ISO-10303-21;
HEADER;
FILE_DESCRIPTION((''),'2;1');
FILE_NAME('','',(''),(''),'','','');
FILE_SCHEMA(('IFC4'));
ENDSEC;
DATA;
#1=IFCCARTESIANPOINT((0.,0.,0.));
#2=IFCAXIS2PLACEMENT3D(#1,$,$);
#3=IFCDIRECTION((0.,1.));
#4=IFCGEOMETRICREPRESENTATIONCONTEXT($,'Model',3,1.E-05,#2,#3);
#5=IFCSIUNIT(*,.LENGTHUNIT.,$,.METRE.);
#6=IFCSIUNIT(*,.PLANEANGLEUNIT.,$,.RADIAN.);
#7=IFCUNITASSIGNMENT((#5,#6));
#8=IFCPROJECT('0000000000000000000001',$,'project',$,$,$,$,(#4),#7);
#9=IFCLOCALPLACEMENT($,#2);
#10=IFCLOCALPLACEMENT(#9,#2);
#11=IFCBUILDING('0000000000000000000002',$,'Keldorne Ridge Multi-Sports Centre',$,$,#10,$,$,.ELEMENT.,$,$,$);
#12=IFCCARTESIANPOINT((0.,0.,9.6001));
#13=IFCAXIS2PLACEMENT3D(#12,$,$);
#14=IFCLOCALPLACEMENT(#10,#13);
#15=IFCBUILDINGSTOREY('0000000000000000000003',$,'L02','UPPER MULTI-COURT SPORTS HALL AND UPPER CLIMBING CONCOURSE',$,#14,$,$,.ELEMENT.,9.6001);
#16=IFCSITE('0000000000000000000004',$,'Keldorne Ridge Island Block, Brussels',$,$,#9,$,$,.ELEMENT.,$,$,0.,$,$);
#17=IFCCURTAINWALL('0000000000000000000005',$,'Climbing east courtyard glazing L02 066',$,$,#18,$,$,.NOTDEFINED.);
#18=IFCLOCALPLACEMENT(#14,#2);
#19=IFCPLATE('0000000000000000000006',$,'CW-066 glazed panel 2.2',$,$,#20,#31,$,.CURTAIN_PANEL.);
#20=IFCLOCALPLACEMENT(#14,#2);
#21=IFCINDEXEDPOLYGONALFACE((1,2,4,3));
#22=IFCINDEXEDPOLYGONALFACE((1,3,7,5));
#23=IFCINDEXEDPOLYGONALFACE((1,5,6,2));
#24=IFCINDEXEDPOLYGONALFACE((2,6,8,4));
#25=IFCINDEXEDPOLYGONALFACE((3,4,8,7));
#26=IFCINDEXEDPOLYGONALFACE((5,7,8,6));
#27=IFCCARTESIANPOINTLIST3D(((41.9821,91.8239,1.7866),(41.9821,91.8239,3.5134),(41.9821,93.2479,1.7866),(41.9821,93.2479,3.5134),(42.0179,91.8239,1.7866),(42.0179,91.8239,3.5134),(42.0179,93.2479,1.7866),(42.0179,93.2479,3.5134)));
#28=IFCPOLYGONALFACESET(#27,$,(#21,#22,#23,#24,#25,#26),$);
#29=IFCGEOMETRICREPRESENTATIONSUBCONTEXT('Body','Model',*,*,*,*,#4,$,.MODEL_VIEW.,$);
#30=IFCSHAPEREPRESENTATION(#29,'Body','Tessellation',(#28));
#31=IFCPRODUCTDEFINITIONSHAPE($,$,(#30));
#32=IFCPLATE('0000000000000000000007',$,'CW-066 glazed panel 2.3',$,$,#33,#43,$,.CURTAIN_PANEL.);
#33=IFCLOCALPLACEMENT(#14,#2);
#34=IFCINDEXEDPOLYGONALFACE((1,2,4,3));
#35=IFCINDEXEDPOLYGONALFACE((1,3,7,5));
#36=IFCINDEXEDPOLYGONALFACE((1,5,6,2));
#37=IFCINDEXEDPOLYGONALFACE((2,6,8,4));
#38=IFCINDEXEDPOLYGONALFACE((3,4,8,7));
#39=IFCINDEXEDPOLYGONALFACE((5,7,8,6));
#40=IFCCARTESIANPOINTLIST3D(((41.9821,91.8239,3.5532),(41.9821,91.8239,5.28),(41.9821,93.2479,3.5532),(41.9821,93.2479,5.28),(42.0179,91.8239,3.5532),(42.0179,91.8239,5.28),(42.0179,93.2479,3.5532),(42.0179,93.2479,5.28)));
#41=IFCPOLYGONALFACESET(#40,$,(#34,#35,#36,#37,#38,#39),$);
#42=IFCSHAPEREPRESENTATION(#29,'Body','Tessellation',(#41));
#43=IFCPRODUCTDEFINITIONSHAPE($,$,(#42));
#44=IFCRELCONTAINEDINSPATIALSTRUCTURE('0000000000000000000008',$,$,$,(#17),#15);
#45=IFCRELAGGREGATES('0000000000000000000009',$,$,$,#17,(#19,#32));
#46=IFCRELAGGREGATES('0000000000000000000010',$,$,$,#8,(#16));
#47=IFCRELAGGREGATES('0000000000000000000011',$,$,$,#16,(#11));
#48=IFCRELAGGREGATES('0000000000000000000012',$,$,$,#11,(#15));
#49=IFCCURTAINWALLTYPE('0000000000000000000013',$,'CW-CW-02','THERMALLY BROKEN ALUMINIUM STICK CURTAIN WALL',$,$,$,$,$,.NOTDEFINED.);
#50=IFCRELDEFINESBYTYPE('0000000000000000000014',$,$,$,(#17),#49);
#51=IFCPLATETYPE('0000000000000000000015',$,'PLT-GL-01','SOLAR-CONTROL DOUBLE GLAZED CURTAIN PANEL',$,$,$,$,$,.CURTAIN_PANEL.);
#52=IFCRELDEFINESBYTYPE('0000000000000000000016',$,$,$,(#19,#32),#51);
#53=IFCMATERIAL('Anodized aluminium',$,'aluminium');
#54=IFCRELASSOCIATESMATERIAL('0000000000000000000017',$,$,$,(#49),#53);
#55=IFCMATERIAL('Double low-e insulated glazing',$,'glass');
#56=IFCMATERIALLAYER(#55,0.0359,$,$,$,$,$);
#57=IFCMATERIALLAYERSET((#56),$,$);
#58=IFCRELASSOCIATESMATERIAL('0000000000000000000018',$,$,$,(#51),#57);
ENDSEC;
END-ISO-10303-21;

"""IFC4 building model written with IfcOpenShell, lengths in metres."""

from ifc_helpers import new_model, si_unit, direction, frame, origin, origin_2d, place, context, subcontext, project, spatial, rectangle, extrude, material, layer, layer_set, type_object, element, aggregate, save


model = new_model("IFC4")

# Units and contexts
model_context = context("Model", 3, precision=1e-05, world=origin(), true_north=direction((0.0, 1.0)))
body_context = subcontext(model_context, "Body", "Model", "MODEL_VIEW")
ifc_project = project(units=[si_unit("LENGTHUNIT", "METRE"), si_unit("PLANEANGLEUNIT", "RADIAN")], contexts=[model_context])

# Site, building, storey
site_placement = place(None, origin())
site = spatial("IfcSite", under=ifc_project, at=site_placement, Name="Keldorne Ridge Island Block, Brussels", CompositionType="ELEMENT", RefElevation=0.0)
building_placement = place(site_placement, origin())
building = spatial("IfcBuilding", under=site, at=building_placement, Name="Keldorne Ridge Multi-Sports Centre", CompositionType="ELEMENT")
storey_placement = place(building_placement, frame((0.0, 0.0, 9.6001)))
storey = spatial("IfcBuildingStorey", under=building, at=storey_placement, Name="L02", Description="UPPER MULTI-COURT SPORTS HALL AND UPPER CLIMBING CONCOURSE", CompositionType="ELEMENT", Elevation=9.6001)

# Curtain wall
ifc_material_1 = material(Name="Anodized aluminium", Category="aluminium")
curtain_wall_type = type_object("IfcCurtainWallType", Name="CW-CW-02", Description="THERMALLY BROKEN ALUMINIUM STICK CURTAIN WALL", PredefinedType="NOTDEFINED", material=ifc_material_1)
curtain_wall_placement = place(storey_placement, origin())
curtain_wall = element("IfcCurtainWall", 1, at=curtain_wall_placement, inside=storey, type_object=curtain_wall_type, Name="Climbing east courtyard glazing L02 066", PredefinedType="NOTDEFINED")

# Plates
ifc_material_2 = material(Name="Double low-e insulated glazing", Category="glass")
ifc_layer = layer(ifc_material_2, 0.0359)
ifc_layer_set = layer_set([ifc_layer])
plate_type = type_object("IfcPlateType", Name="PLT-GL-01", Description="SOLAR-CONTROL DOUBLE GLAZED CURTAIN PANEL", PredefinedType="CURTAIN_PANEL", material=ifc_layer_set)
plate_1_placement = place(storey_placement, frame((42.0, 92.5359, 1.7866), z_axis=(0.0, 0.0, 1.0), x_axis=(0.0, 1.0, 0.0)))
plate_1 = element("IfcPlate", 2, at=plate_1_placement, type_object=plate_type, Name="CW-066 glazed panel 2.2", PredefinedType="CURTAIN_PANEL", context=body_context, shape_type="SweptSolid", body=[
    extrude(rectangle(XDim=1.4241, YDim=0.0359, at=origin_2d()), origin(), (0.0, 0.0, 1.0), 1.7268),
])
plate_2_placement = place(storey_placement, frame((42.0, 92.5359, 3.5532), z_axis=(0.0, 0.0, 1.0), x_axis=(0.0, 1.0, 0.0)))
plate_2 = element("IfcPlate", 3, at=plate_2_placement, type_object=plate_type, Name="CW-066 glazed panel 2.3", PredefinedType="CURTAIN_PANEL", context=body_context, shape_type="SweptSolid", body=[
    extrude(rectangle(XDim=1.4241, YDim=0.0359, at=origin_2d()), origin(), (0.0, 0.0, 1.0), 1.7268),
])
aggregate(curtain_wall, [plate_1, plate_2])

save(model, "model.ifc")
